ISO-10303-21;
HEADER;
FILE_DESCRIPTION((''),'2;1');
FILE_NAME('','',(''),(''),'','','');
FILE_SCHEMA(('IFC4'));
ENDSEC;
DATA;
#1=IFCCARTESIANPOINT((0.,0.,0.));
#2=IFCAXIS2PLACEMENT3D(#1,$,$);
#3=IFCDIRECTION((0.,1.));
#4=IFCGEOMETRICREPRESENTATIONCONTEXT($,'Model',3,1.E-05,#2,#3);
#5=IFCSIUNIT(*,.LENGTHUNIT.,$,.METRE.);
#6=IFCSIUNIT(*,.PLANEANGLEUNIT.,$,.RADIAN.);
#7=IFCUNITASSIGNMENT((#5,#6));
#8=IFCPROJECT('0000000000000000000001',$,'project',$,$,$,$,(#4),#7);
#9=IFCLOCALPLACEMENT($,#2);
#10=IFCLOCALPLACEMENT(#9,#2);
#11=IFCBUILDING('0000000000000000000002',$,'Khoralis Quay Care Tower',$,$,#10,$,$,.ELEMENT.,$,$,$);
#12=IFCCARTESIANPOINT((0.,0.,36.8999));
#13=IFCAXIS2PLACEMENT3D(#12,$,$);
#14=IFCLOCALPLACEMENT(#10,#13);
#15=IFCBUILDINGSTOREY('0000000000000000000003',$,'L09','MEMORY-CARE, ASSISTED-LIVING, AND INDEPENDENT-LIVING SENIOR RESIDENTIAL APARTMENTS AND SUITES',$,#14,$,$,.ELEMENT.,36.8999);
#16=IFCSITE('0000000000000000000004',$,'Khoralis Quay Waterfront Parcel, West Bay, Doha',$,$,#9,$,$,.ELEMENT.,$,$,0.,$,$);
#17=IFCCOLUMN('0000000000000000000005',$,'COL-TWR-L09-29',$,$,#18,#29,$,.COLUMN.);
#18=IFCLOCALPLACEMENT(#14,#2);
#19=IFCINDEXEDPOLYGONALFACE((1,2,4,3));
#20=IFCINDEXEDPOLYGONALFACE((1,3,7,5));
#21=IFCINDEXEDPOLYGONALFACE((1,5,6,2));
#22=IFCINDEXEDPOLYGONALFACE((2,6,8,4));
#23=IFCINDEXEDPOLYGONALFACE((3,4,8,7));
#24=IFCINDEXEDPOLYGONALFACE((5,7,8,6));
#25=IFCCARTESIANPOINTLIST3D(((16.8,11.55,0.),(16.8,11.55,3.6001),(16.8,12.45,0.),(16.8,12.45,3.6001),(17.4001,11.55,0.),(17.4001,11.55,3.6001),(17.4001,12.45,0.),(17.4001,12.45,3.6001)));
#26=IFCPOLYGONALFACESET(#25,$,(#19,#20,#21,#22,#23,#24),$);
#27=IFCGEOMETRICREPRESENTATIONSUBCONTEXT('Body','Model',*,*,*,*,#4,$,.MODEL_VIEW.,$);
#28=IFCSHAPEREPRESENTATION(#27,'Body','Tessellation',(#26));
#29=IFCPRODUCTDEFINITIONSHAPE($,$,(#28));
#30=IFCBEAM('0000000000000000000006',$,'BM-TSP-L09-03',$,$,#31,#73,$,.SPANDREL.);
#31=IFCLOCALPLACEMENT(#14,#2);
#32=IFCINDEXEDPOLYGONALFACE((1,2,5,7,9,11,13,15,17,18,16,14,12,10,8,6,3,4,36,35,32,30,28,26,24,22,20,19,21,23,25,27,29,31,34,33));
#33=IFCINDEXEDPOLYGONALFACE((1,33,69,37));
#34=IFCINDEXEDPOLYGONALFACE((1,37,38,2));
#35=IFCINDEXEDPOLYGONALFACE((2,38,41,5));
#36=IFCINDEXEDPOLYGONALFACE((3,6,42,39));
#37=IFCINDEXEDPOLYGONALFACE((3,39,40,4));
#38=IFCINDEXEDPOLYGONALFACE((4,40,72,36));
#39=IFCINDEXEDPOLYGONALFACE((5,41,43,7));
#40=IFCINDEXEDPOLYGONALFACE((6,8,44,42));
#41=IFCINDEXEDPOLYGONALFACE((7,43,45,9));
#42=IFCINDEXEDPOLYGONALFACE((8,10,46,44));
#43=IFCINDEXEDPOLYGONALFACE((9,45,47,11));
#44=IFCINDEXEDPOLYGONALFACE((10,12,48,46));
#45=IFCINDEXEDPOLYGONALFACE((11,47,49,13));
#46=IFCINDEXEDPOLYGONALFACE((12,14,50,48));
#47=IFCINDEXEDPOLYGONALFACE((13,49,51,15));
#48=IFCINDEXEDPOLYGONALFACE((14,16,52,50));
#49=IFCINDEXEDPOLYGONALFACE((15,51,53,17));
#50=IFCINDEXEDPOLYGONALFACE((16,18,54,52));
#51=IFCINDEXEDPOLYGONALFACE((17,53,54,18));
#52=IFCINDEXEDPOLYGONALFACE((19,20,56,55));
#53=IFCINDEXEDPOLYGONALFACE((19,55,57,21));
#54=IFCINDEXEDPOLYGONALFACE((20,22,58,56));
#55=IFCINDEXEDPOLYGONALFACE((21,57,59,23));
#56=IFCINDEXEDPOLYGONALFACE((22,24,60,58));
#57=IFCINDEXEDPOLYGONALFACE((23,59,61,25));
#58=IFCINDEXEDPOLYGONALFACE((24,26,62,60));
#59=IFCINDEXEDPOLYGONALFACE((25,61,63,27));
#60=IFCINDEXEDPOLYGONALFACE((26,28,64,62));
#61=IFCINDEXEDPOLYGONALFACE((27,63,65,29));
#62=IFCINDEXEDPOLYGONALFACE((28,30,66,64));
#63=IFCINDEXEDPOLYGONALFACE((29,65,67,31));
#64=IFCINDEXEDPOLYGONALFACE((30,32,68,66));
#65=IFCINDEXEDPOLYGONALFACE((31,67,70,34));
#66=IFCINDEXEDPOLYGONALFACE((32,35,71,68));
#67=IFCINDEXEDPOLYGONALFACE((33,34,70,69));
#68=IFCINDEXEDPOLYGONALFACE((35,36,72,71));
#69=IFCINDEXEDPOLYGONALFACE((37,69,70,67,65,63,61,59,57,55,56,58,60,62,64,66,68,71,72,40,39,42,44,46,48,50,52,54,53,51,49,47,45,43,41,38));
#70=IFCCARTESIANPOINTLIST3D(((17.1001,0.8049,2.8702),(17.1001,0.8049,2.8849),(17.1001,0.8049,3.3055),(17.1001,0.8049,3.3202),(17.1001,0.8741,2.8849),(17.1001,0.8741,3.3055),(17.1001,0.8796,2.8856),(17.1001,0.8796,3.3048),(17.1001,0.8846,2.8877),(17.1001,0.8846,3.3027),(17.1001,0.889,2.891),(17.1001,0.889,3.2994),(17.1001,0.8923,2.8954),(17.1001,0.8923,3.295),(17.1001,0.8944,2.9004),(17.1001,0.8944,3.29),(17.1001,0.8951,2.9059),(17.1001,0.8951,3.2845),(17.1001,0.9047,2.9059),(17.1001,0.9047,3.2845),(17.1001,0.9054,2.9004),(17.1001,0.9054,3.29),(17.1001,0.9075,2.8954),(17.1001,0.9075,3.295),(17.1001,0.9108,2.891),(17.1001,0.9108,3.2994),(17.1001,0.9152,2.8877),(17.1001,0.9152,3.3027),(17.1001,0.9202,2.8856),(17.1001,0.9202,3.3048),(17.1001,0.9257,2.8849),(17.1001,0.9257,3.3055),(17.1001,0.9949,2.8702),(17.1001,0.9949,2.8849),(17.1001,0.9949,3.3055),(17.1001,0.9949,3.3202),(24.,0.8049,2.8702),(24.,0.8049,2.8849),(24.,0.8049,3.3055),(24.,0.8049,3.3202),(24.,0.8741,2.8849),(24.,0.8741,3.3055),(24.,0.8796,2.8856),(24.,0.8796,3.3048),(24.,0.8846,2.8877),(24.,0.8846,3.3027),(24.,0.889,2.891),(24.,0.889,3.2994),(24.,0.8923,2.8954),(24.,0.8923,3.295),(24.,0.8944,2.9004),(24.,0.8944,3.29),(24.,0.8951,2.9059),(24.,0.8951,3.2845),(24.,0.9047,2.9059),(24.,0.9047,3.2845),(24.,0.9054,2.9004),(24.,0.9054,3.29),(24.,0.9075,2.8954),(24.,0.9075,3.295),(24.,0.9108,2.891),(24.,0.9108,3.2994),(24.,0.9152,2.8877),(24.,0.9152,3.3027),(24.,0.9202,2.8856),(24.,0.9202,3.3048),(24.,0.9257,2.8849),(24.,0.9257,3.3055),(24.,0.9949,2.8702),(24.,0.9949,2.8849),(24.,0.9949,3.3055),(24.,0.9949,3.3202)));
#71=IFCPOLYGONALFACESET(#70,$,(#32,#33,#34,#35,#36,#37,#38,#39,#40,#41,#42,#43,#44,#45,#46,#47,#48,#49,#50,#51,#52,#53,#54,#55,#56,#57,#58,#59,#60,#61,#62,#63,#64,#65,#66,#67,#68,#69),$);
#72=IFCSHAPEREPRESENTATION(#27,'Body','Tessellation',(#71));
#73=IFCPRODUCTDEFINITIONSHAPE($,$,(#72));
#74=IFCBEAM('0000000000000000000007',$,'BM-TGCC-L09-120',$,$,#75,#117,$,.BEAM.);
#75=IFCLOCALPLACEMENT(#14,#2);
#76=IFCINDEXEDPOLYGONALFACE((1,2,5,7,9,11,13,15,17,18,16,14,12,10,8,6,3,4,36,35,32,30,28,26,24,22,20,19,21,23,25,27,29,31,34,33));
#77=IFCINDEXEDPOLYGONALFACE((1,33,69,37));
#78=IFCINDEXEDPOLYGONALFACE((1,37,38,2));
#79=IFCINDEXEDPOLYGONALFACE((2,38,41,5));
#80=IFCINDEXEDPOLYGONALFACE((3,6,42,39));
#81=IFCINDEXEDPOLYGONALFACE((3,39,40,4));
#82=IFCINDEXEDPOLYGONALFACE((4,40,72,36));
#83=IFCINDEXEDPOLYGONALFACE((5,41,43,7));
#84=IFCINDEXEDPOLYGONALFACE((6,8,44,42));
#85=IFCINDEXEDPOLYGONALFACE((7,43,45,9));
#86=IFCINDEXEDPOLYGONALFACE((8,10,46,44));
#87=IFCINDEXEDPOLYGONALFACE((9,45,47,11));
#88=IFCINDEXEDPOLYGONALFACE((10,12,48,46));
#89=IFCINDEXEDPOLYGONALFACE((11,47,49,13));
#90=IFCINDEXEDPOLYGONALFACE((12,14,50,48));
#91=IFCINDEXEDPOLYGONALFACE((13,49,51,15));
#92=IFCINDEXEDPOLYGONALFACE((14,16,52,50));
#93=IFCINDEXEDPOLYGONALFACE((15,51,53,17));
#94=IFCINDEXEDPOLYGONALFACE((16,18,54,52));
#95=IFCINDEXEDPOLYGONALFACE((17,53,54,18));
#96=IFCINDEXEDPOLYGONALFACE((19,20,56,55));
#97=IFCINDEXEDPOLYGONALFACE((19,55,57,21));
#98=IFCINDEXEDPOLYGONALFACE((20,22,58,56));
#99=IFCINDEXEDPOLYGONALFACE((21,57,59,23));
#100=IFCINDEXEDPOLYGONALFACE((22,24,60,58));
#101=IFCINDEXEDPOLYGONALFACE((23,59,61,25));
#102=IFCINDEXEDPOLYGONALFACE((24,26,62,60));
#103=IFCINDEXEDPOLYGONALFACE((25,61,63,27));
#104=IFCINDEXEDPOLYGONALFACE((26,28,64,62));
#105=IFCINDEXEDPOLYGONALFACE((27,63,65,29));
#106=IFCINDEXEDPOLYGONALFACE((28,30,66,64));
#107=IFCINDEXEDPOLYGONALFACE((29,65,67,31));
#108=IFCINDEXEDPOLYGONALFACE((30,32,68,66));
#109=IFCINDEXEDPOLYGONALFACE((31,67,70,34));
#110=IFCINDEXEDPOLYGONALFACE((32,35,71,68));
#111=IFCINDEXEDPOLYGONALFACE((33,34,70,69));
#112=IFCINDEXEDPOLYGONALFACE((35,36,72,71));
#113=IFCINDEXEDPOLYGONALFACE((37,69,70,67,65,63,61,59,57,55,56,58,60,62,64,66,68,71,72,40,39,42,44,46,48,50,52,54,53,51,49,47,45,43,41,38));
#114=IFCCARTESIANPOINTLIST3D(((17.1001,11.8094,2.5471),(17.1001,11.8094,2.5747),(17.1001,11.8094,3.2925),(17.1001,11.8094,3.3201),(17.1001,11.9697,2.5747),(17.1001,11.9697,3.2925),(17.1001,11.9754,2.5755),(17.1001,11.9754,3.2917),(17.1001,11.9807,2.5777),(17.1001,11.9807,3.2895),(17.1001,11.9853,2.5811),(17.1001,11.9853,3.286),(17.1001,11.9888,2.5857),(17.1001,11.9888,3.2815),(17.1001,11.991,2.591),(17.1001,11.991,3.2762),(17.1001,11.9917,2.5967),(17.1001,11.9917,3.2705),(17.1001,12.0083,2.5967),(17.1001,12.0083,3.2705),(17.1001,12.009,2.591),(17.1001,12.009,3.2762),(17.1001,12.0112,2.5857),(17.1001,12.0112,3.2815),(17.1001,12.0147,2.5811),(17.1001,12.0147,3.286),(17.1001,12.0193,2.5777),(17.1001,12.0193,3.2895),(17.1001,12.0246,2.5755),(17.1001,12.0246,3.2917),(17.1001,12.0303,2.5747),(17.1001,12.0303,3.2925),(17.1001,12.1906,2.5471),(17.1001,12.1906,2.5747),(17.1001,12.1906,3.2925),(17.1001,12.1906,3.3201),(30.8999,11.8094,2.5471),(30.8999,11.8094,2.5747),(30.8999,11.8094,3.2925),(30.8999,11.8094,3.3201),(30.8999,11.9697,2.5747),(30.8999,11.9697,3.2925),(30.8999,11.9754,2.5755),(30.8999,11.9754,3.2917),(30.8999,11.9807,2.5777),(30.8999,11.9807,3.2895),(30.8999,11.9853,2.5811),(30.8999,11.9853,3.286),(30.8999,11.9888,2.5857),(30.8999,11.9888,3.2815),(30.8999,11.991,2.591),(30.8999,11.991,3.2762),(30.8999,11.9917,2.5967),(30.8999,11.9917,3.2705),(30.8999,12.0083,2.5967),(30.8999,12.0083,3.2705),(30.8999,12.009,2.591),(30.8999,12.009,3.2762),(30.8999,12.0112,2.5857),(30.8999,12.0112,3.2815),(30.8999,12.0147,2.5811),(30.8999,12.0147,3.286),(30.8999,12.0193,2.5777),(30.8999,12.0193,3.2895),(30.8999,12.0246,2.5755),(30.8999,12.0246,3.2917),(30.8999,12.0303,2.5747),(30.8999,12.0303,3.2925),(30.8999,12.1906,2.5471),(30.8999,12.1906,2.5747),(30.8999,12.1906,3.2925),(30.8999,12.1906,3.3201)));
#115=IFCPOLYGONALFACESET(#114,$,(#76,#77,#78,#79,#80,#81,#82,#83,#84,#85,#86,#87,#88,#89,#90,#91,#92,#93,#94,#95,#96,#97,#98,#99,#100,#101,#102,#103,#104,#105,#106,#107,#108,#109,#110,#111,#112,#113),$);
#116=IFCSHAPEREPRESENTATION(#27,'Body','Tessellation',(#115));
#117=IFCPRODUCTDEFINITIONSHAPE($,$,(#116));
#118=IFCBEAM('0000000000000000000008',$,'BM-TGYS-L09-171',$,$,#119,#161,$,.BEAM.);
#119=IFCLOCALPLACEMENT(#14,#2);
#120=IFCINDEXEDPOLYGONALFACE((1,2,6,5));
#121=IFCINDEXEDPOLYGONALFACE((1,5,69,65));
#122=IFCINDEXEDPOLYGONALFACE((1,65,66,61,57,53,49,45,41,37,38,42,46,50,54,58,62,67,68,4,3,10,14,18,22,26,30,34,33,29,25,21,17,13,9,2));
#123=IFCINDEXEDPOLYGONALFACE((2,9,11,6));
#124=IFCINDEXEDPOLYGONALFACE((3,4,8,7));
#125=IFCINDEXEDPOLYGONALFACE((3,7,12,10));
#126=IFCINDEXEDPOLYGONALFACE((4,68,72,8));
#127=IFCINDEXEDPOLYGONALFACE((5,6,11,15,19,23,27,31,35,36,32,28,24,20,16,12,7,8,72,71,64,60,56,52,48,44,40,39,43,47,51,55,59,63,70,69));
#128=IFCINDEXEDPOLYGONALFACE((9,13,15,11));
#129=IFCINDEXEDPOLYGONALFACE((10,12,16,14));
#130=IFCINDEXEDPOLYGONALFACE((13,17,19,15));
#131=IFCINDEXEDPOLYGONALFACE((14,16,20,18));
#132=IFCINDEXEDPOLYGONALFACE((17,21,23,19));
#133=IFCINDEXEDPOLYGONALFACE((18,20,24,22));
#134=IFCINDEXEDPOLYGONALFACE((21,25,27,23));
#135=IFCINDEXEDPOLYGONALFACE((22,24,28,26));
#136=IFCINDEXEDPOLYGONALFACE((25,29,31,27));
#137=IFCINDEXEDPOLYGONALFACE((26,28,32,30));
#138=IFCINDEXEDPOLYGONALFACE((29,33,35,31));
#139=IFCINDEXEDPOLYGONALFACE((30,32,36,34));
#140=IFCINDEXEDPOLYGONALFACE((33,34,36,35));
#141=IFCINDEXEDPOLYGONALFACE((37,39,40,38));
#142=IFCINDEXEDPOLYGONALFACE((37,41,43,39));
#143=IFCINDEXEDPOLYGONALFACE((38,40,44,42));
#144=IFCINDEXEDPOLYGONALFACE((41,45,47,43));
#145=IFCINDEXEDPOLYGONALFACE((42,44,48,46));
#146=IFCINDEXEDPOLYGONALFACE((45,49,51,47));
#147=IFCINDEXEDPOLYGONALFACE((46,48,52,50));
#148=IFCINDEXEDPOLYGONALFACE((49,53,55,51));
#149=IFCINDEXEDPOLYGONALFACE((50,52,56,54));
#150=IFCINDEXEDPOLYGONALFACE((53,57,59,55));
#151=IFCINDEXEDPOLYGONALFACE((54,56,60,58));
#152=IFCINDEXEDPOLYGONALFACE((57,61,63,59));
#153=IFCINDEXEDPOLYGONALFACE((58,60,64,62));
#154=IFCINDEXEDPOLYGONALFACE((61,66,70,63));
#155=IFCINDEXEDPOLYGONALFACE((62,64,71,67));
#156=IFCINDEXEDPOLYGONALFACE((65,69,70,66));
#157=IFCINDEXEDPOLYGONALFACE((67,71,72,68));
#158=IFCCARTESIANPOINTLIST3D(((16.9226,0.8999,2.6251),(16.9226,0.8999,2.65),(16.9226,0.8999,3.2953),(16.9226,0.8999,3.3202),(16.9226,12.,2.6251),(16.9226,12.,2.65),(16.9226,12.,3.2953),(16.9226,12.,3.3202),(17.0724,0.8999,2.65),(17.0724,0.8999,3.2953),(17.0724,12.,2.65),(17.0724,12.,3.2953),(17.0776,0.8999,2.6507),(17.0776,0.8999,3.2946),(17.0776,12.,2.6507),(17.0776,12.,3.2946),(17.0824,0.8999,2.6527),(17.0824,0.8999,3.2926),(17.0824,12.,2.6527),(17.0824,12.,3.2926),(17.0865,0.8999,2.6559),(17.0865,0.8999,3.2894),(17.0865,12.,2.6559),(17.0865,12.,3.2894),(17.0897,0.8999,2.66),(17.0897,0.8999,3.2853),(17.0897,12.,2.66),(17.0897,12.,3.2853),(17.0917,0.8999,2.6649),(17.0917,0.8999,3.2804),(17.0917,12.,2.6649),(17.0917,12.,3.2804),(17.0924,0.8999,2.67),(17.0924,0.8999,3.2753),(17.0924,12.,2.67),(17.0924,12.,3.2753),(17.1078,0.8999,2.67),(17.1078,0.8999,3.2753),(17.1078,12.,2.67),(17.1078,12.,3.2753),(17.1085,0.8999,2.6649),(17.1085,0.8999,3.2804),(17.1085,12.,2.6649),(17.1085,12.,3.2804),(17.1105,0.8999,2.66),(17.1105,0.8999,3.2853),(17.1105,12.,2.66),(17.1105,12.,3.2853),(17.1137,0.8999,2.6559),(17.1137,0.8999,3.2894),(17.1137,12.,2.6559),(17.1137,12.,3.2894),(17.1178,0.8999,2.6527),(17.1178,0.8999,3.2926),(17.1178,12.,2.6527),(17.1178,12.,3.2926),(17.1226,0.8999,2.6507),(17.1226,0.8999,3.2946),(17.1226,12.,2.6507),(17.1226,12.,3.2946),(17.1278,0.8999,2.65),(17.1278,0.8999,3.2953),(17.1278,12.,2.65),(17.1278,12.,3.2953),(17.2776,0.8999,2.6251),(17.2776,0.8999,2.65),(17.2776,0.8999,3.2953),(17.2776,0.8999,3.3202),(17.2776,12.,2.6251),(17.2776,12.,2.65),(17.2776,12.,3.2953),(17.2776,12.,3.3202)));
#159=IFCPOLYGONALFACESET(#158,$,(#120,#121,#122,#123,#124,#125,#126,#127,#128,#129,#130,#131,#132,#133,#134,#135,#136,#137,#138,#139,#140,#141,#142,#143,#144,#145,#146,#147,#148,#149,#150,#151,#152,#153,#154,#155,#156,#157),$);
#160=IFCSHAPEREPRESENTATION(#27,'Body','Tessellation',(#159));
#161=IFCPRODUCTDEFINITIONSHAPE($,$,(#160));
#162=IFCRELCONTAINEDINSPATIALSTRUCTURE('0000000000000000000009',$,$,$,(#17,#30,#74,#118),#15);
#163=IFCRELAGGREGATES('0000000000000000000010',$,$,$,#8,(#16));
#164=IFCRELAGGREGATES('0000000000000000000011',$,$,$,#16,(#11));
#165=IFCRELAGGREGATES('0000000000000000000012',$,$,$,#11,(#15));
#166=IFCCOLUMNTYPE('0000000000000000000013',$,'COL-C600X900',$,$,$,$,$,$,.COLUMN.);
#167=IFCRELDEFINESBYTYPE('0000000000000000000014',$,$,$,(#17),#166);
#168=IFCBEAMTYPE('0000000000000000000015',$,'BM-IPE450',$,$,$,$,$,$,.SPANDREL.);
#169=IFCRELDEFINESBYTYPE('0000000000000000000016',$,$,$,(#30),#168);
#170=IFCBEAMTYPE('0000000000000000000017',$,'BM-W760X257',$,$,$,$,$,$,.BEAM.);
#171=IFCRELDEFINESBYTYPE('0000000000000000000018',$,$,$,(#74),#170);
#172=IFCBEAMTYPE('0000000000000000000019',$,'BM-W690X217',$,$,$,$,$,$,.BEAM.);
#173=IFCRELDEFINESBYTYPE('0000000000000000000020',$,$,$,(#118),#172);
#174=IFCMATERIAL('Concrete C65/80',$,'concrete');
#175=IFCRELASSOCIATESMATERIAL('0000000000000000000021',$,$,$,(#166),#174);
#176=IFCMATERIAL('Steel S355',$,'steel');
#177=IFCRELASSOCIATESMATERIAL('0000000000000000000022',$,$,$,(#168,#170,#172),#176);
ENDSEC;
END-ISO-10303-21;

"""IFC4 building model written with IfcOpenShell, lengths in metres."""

from ifc_helpers import new_model, si_unit, direction, frame, origin, origin_2d, place, context, subcontext, project, spatial, rectangle, i_section, extrude, source, transform, mapped, material, material_profile, profile_set, type_object, element, save


model = new_model("IFC4")

# Units and contexts
model_context = context("Model", 3, precision=1e-05, world=origin(), true_north=direction((0.0, 1.0)))
body_context = subcontext(model_context, "Body", "Model", "MODEL_VIEW")
ifc_project = project(units=[si_unit("LENGTHUNIT", "METRE"), si_unit("PLANEANGLEUNIT", "RADIAN")], contexts=[model_context])

# Site, building, storey
site_placement = place(None, origin())
site = spatial("IfcSite", under=ifc_project, at=site_placement, Name="Khoralis Quay Waterfront Parcel, West Bay, Doha", CompositionType="ELEMENT", RefElevation=0.0)
building_placement = place(site_placement, origin())
building = spatial("IfcBuilding", under=site, at=building_placement, Name="Khoralis Quay Care Tower", CompositionType="ELEMENT")
storey_placement = place(building_placement, frame((0.0, 0.0, 36.8999)))
storey = spatial("IfcBuildingStorey", under=building, at=storey_placement, Name="L09", Description="MEMORY-CARE, ASSISTED-LIVING, AND INDEPENDENT-LIVING SENIOR RESIDENTIAL APARTMENTS AND SUITES", CompositionType="ELEMENT", Elevation=36.8999)

# Column
ifc_material_1 = material(Name="Concrete C65/80", Category="concrete")
ifc_material_profile_1 = material_profile(ifc_material_1, rectangle(XDim=0.6001, YDim=0.8999, at=origin_2d()), Name="Concrete C65/80")
ifc_profile_set_1 = profile_set([ifc_material_profile_1], Name="Concrete C65/80")
column_type = type_object("IfcColumnType", Name="COL-C600X900", PredefinedType="COLUMN", material=ifc_profile_set_1)
shared_shape_1 = source(origin(), body_context, "Body", "SweptSolid", [
    extrude(rectangle(XDim=0.6001, YDim=0.8999, at=origin_2d()), origin(), (0.0, 0.0, 1.0), 3.6001),
])
column_placement = place(storey_placement, frame((17.1001, 12.0, 0.0), z_axis=(0.0, 0.0, 1.0), x_axis=(1.0, 0.0, 0.0)))
element("IfcColumn", 1, at=column_placement, inside=storey, type_object=column_type, Name="COL-TWR-L09-29", PredefinedType="COLUMN", context=body_context, shape_type="MappedRepresentation", body=[
    mapped(shared_shape_1, transform((0.0, 0.0, 0.0), scale=1.0)),
])

# Beams
ifc_material_2 = material(Name="Steel S355", Category="steel")
ifc_material_profile_2 = material_profile(ifc_material_2, i_section(OverallWidth=0.1899, OverallDepth=0.45, WebThickness=0.0095, FlangeThickness=0.0146, FilletRadius=0.021, at=origin_2d()), Name="Steel S355")
ifc_profile_set_2 = profile_set([ifc_material_profile_2], Name="Steel S355")
beam_type_1 = type_object("IfcBeamType", Name="BM-IPE450", PredefinedType="SPANDREL", material=ifc_profile_set_2)
shared_shape_2 = source(origin(), body_context, "Body", "SweptSolid", [
    extrude(i_section(OverallWidth=0.1899, OverallDepth=0.45, WebThickness=0.0095, FlangeThickness=0.0146, FilletRadius=0.021, at=origin_2d()), origin(), (0.0, 0.0, 1.0), 6.8999),
])
beam_1_placement = place(storey_placement, frame((17.1001, 0.8999, 3.0952), z_axis=(1.0, 0.0, 0.0), x_axis=(0.0, 1.0, 0.0)))
element("IfcBeam", 2, at=beam_1_placement, inside=storey, type_object=beam_type_1, Name="BM-TSP-L09-03", PredefinedType="SPANDREL", context=body_context, shape_type="MappedRepresentation", body=[
    mapped(shared_shape_2, transform((0.0, 0.0, 0.0), scale=1.0)),
])
ifc_material_profile_3 = material_profile(ifc_material_2, i_section(OverallWidth=0.3811, OverallDepth=0.7729, WebThickness=0.0166, FlangeThickness=0.0276, FilletRadius=0.022, at=origin_2d()), Name="Steel S355")
ifc_profile_set_3 = profile_set([ifc_material_profile_3], Name="Steel S355")
beam_type_2 = type_object("IfcBeamType", Name="BM-W760X257", PredefinedType="BEAM", material=ifc_profile_set_3)
shared_shape_3 = source(origin(), body_context, "Body", "SweptSolid", [
    extrude(i_section(OverallWidth=0.3811, OverallDepth=0.7729, WebThickness=0.0166, FlangeThickness=0.0276, FilletRadius=0.022, at=origin_2d()), origin(), (0.0, 0.0, 1.0), 13.7998),
])
beam_2_placement = place(storey_placement, frame((17.1001, 12.0, 2.9336), z_axis=(1.0, 0.0, 0.0), x_axis=(0.0, 1.0, 0.0)))
element("IfcBeam", 3, at=beam_2_placement, inside=storey, type_object=beam_type_2, Name="BM-TGCC-L09-120", PredefinedType="BEAM", context=body_context, shape_type="MappedRepresentation", body=[
    mapped(shared_shape_3, transform((0.0, 0.0, 0.0), scale=1.0)),
])
ifc_material_profile_4 = material_profile(ifc_material_2, i_section(OverallWidth=0.355, OverallDepth=0.6951, WebThickness=0.0154, FlangeThickness=0.0249, FilletRadius=0.02, at=origin_2d()), Name="Steel S355")
ifc_profile_set_4 = profile_set([ifc_material_profile_4], Name="Steel S355")
beam_type_3 = type_object("IfcBeamType", Name="BM-W690X217", PredefinedType="BEAM", material=ifc_profile_set_4)
shared_shape_4 = source(origin(), body_context, "Body", "SweptSolid", [
    extrude(i_section(OverallWidth=0.355, OverallDepth=0.6951, WebThickness=0.0154, FlangeThickness=0.0249, FilletRadius=0.02, at=origin_2d()), origin(), (0.0, 0.0, 1.0), 11.1001),
])
beam_3_placement = place(storey_placement, frame((17.1001, 0.8999, 2.9727), z_axis=(0.0, 1.0, 0.0), x_axis=(-1.0, 0.0, 0.0)))
element("IfcBeam", 4, at=beam_3_placement, inside=storey, type_object=beam_type_3, Name="BM-TGYS-L09-171", PredefinedType="BEAM", context=body_context, shape_type="MappedRepresentation", body=[
    mapped(shared_shape_4, transform((0.0, 0.0, 0.0), scale=1.0)),
])

save(model, "model.ifc")
